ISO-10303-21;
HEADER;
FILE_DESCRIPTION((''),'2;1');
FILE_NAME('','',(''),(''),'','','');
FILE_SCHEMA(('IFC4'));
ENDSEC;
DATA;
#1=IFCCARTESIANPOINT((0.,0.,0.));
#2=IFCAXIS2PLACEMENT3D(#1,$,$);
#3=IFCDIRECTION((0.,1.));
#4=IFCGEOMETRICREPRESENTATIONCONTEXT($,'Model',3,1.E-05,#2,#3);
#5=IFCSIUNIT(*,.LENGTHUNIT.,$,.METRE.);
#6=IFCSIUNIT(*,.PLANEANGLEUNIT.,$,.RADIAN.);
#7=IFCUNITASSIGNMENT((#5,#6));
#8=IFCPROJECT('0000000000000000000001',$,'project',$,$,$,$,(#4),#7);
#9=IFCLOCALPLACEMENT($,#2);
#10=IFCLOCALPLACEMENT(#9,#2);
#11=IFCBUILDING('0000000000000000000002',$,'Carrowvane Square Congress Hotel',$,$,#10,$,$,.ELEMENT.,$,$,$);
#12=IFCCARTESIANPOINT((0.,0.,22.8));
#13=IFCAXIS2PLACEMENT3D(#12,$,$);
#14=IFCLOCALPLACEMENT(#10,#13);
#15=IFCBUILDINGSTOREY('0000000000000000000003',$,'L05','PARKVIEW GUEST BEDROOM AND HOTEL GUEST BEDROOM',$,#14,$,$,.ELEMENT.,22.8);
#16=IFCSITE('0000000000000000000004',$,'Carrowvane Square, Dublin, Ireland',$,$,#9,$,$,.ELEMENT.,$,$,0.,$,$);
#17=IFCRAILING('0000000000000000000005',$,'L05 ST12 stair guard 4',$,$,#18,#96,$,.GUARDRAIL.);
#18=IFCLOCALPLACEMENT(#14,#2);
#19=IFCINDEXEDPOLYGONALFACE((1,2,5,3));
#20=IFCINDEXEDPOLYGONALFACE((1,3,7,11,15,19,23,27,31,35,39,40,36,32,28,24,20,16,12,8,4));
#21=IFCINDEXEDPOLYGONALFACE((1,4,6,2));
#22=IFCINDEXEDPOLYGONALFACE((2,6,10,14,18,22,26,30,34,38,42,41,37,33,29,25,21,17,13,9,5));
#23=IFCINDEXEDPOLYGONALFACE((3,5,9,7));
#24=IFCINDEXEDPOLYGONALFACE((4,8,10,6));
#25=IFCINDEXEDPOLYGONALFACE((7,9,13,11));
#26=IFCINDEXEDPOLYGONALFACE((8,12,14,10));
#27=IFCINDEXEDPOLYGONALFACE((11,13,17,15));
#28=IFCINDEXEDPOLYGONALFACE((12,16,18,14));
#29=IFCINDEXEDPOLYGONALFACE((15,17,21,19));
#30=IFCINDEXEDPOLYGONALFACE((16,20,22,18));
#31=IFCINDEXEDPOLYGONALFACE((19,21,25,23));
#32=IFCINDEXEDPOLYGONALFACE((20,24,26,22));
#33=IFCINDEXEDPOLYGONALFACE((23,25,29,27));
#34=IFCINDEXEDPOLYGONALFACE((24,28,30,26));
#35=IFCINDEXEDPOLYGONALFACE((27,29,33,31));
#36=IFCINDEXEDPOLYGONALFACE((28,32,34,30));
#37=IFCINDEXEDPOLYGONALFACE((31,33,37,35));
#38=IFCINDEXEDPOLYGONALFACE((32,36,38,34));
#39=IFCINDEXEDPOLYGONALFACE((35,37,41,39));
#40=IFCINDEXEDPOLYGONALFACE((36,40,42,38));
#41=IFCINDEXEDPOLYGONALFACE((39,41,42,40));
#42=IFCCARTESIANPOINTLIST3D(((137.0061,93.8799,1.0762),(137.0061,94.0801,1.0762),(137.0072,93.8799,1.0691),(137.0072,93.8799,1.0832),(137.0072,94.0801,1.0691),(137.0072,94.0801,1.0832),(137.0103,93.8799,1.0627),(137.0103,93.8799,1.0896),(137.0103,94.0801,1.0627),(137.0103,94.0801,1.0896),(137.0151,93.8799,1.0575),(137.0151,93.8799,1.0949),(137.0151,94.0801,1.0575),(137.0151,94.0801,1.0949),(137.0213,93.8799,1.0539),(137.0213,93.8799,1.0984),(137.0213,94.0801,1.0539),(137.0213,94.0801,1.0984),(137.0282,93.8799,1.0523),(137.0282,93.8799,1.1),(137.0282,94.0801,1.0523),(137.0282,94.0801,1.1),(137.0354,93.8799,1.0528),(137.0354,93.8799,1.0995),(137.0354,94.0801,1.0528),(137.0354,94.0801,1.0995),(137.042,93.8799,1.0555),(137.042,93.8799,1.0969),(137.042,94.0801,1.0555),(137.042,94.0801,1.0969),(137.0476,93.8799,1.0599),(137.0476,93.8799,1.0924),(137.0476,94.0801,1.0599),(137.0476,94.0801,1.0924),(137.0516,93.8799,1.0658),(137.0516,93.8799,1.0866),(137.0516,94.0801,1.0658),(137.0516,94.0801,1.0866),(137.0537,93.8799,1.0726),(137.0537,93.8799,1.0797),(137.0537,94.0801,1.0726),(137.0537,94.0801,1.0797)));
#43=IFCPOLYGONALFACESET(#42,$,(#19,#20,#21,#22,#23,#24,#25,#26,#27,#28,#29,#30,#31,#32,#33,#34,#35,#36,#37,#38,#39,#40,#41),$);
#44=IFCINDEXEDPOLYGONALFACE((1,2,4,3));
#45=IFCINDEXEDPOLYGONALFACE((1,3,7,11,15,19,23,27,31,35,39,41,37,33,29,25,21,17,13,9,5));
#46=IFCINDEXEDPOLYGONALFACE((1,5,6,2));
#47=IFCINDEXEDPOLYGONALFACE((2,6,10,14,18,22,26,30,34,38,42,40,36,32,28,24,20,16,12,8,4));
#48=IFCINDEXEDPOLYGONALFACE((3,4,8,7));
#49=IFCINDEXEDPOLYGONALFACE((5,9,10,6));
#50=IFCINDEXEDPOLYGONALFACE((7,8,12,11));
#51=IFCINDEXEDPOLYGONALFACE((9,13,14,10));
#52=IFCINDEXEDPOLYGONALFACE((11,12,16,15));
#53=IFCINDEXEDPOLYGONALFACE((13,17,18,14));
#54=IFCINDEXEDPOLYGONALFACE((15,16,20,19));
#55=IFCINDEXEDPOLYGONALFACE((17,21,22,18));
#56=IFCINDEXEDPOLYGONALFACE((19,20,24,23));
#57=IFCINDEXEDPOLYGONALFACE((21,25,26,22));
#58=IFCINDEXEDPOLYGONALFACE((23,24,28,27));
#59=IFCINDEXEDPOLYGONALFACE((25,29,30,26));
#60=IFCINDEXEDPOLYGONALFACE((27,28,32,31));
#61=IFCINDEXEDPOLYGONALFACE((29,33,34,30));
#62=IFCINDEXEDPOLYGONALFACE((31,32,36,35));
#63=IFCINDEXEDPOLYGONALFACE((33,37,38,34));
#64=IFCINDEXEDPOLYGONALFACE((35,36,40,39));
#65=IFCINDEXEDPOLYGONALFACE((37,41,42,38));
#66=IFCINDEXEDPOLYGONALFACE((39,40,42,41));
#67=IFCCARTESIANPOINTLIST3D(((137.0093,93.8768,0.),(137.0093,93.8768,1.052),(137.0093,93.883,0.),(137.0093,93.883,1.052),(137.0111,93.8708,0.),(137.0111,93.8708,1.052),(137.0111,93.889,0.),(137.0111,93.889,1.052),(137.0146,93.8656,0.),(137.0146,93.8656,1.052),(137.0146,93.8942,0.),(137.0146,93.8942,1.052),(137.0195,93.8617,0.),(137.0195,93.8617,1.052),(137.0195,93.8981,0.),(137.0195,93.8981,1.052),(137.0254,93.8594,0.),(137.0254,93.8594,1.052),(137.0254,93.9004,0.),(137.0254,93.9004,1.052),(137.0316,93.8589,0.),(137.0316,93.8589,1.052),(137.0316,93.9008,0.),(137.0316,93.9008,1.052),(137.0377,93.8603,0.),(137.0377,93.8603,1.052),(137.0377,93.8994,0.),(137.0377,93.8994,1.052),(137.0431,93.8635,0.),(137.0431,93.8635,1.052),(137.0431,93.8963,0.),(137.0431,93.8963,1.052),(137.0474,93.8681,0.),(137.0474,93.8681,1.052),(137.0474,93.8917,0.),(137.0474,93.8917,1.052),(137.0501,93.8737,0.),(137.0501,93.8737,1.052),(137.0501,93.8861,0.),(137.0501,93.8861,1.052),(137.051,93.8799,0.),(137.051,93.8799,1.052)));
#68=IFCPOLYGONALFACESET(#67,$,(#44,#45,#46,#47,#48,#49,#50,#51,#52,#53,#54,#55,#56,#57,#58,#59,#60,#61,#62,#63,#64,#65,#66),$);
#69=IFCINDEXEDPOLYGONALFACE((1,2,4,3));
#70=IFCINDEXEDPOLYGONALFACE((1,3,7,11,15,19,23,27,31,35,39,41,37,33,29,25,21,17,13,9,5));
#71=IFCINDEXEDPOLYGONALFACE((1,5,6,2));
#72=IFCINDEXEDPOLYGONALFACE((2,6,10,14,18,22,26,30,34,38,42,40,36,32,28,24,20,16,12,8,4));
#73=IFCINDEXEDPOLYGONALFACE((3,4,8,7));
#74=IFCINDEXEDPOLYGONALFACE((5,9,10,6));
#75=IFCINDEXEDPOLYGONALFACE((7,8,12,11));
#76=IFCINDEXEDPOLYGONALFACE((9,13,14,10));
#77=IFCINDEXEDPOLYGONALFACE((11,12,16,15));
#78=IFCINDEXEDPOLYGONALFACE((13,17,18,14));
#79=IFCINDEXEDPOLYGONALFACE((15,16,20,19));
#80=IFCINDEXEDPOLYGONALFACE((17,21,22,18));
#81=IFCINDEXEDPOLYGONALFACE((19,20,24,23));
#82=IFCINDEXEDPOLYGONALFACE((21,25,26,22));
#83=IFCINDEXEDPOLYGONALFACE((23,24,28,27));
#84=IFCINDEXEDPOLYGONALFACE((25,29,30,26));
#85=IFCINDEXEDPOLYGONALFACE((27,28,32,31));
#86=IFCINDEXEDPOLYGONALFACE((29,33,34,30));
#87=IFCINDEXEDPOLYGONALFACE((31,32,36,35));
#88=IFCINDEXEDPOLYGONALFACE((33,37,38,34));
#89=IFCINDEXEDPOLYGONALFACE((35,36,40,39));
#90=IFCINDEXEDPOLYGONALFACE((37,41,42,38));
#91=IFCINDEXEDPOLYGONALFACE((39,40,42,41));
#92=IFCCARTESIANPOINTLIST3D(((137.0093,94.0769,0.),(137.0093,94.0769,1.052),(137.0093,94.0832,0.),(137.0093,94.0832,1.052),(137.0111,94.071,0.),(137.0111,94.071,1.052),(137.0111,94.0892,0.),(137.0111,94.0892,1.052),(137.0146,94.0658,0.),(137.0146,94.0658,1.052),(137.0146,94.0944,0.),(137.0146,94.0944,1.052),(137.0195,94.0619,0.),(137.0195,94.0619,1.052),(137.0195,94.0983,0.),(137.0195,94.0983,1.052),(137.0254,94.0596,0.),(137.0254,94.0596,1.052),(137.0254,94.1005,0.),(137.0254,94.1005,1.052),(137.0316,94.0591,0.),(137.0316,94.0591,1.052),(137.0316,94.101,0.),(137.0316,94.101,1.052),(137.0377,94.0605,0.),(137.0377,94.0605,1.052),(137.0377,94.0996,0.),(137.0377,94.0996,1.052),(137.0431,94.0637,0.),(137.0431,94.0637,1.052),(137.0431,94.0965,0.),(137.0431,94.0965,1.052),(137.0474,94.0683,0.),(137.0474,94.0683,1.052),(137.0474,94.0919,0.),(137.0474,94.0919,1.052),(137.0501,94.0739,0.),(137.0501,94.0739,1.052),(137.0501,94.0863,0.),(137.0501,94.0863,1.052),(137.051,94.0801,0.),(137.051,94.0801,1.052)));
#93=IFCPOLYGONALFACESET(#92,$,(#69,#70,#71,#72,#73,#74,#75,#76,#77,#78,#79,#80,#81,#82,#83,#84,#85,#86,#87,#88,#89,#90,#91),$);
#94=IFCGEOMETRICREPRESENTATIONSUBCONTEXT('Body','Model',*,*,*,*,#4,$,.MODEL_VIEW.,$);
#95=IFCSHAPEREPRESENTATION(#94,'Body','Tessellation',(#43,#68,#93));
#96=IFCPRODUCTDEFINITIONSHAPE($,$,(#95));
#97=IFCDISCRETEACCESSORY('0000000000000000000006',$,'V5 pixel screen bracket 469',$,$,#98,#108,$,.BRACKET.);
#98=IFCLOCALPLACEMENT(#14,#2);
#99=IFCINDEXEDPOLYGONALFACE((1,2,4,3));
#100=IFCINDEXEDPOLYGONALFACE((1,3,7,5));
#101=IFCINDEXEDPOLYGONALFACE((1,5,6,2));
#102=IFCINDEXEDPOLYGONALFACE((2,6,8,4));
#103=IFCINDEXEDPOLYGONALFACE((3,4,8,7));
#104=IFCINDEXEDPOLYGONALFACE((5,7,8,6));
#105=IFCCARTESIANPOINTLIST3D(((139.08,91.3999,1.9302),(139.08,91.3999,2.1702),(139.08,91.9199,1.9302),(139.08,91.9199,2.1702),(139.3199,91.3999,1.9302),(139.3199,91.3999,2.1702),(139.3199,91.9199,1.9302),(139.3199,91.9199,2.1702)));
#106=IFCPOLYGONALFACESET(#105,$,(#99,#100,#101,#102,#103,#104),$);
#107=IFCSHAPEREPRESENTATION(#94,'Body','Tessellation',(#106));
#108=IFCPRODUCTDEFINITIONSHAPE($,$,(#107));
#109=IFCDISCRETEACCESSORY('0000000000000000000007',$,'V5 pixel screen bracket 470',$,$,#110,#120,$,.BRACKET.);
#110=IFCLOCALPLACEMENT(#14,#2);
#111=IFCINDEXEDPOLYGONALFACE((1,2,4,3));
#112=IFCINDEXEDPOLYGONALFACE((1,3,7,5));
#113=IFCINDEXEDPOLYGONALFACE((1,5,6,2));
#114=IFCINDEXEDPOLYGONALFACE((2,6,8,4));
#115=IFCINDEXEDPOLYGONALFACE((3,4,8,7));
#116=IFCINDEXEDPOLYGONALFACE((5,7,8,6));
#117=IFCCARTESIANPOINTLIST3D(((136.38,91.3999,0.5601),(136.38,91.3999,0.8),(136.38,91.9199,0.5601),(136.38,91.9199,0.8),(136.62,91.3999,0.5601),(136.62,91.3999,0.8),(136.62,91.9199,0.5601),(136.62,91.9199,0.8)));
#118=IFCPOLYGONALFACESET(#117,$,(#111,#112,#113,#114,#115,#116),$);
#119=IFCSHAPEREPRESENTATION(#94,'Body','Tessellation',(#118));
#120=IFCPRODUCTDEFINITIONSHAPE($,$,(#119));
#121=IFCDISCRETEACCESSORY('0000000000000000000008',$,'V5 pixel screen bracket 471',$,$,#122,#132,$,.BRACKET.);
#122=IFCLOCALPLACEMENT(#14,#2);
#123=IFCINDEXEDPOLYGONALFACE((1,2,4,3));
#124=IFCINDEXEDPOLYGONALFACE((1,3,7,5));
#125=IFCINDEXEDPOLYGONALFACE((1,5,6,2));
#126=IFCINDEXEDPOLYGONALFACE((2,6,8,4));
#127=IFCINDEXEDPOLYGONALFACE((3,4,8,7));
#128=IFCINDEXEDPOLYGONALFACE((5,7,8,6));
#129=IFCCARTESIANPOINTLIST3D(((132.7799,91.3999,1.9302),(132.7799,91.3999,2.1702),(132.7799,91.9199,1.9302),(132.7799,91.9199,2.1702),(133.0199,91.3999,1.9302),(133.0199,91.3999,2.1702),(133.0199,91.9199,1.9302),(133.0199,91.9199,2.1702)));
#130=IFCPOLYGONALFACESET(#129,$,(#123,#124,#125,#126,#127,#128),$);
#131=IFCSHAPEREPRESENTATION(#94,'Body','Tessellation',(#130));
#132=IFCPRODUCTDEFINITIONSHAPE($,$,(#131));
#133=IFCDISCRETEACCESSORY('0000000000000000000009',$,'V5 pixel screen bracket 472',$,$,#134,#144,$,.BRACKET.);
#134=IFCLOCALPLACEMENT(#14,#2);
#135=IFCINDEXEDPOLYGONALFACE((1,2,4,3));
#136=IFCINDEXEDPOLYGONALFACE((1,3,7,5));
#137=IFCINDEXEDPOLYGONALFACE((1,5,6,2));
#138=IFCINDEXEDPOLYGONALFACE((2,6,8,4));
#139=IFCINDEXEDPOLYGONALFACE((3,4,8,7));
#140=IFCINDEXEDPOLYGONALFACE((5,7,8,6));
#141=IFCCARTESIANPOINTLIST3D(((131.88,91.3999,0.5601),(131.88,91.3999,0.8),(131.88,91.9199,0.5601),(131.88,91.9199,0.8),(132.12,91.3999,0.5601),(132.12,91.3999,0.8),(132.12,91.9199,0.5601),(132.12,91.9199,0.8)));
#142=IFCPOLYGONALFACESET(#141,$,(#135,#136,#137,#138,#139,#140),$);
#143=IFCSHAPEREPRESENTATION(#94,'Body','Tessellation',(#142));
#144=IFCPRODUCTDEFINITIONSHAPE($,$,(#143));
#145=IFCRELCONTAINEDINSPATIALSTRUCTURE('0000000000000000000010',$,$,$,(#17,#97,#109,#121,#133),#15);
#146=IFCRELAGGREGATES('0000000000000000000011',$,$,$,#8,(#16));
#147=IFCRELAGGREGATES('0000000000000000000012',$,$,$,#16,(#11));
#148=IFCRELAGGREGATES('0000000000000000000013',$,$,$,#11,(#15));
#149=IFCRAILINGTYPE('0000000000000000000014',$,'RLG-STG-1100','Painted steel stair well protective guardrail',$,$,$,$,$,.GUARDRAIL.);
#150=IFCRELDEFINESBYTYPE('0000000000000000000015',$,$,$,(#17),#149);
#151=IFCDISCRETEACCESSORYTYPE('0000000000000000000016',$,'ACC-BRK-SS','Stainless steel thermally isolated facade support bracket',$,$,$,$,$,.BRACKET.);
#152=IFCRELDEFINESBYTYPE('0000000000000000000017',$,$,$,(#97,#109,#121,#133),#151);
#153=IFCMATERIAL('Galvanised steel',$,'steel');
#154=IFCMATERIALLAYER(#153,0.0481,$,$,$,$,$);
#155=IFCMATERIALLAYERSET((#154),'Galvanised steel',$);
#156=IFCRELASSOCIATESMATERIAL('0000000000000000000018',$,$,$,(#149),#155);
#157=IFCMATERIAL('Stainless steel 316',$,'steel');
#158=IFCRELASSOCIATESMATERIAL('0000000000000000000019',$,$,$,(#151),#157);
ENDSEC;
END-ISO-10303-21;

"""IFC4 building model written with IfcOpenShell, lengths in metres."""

from ifc_helpers import new_model, si_unit, direction, frame, origin, origin_2d, place, context, subcontext, project, spatial, rectangle, circle, extrude, material, layer, layer_set, type_object, element, save


model = new_model("IFC4")

# Units and contexts
model_context = context("Model", 3, precision=1e-05, world=origin(), true_north=direction((0.0, 1.0)))
body_context = subcontext(model_context, "Body", "Model", "MODEL_VIEW")
ifc_project = project(units=[si_unit("LENGTHUNIT", "METRE"), si_unit("PLANEANGLEUNIT", "RADIAN")], contexts=[model_context])

# Site, building, storey
site_placement = place(None, origin())
site = spatial("IfcSite", under=ifc_project, at=site_placement, Name="Carrowvane Square, Dublin, Ireland", CompositionType="ELEMENT", RefElevation=0.0)
building_placement = place(site_placement, origin())
building = spatial("IfcBuilding", under=site, at=building_placement, Name="Carrowvane Square Congress Hotel", CompositionType="ELEMENT")
storey_placement = place(building_placement, frame((0.0, 0.0, 22.8)))
storey = spatial("IfcBuildingStorey", under=building, at=storey_placement, Name="L05", Description="PARKVIEW GUEST BEDROOM AND HOTEL GUEST BEDROOM", CompositionType="ELEMENT", Elevation=22.8)

# Railing
ifc_material_1 = material(Name="Galvanised steel", Category="steel")
ifc_layer_1 = layer(ifc_material_1, 0.0481)
ifc_layer_set_1 = layer_set([ifc_layer_1], Name="Galvanised steel")
railing_type_1 = type_object("IfcRailingType", Name="RLG-STG-1100", Description="Painted steel stair well protective guardrail", PredefinedType="GUARDRAIL", material=ifc_layer_set_1)
railing_1_placement = place(storey_placement, frame((137.03, 93.8799, 0.0)))
element("IfcRailing", 1, at=railing_1_placement, inside=storey, type_object=railing_type_1, Name="L05 ST12 stair guard 4", PredefinedType="GUARDRAIL", context=body_context, shape_type="SweptSolid", body=[
    extrude(circle(Radius=0.0239, at=origin_2d()), frame((0.0, 0.0, 1.0762), z_axis=(0.0, 1.0, 0.0), x_axis=(-1.0, 0.0, 0.0)), (0.0, 0.0, 1.0), 0.2002),
    extrude(circle(Radius=0.021, at=origin_2d()), origin(), (0.0, 0.0, 1.0), 1.052),
    extrude(circle(Radius=0.021, at=origin_2d()), frame((0.0, 0.2002, 0.0)), (0.0, 0.0, 1.0), 1.052),
])

# Discrete accessories
ifc_material_2 = material(Name="Stainless steel 316", Category="steel")
discrete_accessory_type = type_object("IfcDiscreteAccessoryType", Name="ACC-BRK-SS", Description="Stainless steel thermally isolated facade support bracket", PredefinedType="BRACKET", material=ifc_material_2)
for number, where, z_axis, x_axis, name in (
    (2, (139.2, 91.6599, 1.9302), (0.0, 0.0, 1.0), (-1.0, 0.0, 0.0), "V5 pixel screen bracket 469"),
    (3, (136.5, 91.6599, 0.5601), (0.0, 0.0, 1.0), (-1.0, 0.0, 0.0), "V5 pixel screen bracket 470"),
    (4, (132.8999, 91.6599, 1.9302), (0.0, 0.0, 1.0), (-1.0, 0.0, 0.0), "V5 pixel screen bracket 471"),
    (5, (132.0, 91.6599, 0.5601), (0.0, 0.0, 1.0), (-1.0, 0.0, 0.0), "V5 pixel screen bracket 472"),
):
    element("IfcDiscreteAccessory", number, at=place(storey_placement, frame(where, z_axis=z_axis, x_axis=x_axis)), inside=storey, type_object=discrete_accessory_type, Name=name, PredefinedType="BRACKET", context=body_context, shape_type="SweptSolid", body=[
        extrude(rectangle(XDim=0.24, YDim=0.52, at=origin_2d()), origin(), (0.0, 0.0, 1.0), 0.24),
    ])

save(model, "model.ifc")
